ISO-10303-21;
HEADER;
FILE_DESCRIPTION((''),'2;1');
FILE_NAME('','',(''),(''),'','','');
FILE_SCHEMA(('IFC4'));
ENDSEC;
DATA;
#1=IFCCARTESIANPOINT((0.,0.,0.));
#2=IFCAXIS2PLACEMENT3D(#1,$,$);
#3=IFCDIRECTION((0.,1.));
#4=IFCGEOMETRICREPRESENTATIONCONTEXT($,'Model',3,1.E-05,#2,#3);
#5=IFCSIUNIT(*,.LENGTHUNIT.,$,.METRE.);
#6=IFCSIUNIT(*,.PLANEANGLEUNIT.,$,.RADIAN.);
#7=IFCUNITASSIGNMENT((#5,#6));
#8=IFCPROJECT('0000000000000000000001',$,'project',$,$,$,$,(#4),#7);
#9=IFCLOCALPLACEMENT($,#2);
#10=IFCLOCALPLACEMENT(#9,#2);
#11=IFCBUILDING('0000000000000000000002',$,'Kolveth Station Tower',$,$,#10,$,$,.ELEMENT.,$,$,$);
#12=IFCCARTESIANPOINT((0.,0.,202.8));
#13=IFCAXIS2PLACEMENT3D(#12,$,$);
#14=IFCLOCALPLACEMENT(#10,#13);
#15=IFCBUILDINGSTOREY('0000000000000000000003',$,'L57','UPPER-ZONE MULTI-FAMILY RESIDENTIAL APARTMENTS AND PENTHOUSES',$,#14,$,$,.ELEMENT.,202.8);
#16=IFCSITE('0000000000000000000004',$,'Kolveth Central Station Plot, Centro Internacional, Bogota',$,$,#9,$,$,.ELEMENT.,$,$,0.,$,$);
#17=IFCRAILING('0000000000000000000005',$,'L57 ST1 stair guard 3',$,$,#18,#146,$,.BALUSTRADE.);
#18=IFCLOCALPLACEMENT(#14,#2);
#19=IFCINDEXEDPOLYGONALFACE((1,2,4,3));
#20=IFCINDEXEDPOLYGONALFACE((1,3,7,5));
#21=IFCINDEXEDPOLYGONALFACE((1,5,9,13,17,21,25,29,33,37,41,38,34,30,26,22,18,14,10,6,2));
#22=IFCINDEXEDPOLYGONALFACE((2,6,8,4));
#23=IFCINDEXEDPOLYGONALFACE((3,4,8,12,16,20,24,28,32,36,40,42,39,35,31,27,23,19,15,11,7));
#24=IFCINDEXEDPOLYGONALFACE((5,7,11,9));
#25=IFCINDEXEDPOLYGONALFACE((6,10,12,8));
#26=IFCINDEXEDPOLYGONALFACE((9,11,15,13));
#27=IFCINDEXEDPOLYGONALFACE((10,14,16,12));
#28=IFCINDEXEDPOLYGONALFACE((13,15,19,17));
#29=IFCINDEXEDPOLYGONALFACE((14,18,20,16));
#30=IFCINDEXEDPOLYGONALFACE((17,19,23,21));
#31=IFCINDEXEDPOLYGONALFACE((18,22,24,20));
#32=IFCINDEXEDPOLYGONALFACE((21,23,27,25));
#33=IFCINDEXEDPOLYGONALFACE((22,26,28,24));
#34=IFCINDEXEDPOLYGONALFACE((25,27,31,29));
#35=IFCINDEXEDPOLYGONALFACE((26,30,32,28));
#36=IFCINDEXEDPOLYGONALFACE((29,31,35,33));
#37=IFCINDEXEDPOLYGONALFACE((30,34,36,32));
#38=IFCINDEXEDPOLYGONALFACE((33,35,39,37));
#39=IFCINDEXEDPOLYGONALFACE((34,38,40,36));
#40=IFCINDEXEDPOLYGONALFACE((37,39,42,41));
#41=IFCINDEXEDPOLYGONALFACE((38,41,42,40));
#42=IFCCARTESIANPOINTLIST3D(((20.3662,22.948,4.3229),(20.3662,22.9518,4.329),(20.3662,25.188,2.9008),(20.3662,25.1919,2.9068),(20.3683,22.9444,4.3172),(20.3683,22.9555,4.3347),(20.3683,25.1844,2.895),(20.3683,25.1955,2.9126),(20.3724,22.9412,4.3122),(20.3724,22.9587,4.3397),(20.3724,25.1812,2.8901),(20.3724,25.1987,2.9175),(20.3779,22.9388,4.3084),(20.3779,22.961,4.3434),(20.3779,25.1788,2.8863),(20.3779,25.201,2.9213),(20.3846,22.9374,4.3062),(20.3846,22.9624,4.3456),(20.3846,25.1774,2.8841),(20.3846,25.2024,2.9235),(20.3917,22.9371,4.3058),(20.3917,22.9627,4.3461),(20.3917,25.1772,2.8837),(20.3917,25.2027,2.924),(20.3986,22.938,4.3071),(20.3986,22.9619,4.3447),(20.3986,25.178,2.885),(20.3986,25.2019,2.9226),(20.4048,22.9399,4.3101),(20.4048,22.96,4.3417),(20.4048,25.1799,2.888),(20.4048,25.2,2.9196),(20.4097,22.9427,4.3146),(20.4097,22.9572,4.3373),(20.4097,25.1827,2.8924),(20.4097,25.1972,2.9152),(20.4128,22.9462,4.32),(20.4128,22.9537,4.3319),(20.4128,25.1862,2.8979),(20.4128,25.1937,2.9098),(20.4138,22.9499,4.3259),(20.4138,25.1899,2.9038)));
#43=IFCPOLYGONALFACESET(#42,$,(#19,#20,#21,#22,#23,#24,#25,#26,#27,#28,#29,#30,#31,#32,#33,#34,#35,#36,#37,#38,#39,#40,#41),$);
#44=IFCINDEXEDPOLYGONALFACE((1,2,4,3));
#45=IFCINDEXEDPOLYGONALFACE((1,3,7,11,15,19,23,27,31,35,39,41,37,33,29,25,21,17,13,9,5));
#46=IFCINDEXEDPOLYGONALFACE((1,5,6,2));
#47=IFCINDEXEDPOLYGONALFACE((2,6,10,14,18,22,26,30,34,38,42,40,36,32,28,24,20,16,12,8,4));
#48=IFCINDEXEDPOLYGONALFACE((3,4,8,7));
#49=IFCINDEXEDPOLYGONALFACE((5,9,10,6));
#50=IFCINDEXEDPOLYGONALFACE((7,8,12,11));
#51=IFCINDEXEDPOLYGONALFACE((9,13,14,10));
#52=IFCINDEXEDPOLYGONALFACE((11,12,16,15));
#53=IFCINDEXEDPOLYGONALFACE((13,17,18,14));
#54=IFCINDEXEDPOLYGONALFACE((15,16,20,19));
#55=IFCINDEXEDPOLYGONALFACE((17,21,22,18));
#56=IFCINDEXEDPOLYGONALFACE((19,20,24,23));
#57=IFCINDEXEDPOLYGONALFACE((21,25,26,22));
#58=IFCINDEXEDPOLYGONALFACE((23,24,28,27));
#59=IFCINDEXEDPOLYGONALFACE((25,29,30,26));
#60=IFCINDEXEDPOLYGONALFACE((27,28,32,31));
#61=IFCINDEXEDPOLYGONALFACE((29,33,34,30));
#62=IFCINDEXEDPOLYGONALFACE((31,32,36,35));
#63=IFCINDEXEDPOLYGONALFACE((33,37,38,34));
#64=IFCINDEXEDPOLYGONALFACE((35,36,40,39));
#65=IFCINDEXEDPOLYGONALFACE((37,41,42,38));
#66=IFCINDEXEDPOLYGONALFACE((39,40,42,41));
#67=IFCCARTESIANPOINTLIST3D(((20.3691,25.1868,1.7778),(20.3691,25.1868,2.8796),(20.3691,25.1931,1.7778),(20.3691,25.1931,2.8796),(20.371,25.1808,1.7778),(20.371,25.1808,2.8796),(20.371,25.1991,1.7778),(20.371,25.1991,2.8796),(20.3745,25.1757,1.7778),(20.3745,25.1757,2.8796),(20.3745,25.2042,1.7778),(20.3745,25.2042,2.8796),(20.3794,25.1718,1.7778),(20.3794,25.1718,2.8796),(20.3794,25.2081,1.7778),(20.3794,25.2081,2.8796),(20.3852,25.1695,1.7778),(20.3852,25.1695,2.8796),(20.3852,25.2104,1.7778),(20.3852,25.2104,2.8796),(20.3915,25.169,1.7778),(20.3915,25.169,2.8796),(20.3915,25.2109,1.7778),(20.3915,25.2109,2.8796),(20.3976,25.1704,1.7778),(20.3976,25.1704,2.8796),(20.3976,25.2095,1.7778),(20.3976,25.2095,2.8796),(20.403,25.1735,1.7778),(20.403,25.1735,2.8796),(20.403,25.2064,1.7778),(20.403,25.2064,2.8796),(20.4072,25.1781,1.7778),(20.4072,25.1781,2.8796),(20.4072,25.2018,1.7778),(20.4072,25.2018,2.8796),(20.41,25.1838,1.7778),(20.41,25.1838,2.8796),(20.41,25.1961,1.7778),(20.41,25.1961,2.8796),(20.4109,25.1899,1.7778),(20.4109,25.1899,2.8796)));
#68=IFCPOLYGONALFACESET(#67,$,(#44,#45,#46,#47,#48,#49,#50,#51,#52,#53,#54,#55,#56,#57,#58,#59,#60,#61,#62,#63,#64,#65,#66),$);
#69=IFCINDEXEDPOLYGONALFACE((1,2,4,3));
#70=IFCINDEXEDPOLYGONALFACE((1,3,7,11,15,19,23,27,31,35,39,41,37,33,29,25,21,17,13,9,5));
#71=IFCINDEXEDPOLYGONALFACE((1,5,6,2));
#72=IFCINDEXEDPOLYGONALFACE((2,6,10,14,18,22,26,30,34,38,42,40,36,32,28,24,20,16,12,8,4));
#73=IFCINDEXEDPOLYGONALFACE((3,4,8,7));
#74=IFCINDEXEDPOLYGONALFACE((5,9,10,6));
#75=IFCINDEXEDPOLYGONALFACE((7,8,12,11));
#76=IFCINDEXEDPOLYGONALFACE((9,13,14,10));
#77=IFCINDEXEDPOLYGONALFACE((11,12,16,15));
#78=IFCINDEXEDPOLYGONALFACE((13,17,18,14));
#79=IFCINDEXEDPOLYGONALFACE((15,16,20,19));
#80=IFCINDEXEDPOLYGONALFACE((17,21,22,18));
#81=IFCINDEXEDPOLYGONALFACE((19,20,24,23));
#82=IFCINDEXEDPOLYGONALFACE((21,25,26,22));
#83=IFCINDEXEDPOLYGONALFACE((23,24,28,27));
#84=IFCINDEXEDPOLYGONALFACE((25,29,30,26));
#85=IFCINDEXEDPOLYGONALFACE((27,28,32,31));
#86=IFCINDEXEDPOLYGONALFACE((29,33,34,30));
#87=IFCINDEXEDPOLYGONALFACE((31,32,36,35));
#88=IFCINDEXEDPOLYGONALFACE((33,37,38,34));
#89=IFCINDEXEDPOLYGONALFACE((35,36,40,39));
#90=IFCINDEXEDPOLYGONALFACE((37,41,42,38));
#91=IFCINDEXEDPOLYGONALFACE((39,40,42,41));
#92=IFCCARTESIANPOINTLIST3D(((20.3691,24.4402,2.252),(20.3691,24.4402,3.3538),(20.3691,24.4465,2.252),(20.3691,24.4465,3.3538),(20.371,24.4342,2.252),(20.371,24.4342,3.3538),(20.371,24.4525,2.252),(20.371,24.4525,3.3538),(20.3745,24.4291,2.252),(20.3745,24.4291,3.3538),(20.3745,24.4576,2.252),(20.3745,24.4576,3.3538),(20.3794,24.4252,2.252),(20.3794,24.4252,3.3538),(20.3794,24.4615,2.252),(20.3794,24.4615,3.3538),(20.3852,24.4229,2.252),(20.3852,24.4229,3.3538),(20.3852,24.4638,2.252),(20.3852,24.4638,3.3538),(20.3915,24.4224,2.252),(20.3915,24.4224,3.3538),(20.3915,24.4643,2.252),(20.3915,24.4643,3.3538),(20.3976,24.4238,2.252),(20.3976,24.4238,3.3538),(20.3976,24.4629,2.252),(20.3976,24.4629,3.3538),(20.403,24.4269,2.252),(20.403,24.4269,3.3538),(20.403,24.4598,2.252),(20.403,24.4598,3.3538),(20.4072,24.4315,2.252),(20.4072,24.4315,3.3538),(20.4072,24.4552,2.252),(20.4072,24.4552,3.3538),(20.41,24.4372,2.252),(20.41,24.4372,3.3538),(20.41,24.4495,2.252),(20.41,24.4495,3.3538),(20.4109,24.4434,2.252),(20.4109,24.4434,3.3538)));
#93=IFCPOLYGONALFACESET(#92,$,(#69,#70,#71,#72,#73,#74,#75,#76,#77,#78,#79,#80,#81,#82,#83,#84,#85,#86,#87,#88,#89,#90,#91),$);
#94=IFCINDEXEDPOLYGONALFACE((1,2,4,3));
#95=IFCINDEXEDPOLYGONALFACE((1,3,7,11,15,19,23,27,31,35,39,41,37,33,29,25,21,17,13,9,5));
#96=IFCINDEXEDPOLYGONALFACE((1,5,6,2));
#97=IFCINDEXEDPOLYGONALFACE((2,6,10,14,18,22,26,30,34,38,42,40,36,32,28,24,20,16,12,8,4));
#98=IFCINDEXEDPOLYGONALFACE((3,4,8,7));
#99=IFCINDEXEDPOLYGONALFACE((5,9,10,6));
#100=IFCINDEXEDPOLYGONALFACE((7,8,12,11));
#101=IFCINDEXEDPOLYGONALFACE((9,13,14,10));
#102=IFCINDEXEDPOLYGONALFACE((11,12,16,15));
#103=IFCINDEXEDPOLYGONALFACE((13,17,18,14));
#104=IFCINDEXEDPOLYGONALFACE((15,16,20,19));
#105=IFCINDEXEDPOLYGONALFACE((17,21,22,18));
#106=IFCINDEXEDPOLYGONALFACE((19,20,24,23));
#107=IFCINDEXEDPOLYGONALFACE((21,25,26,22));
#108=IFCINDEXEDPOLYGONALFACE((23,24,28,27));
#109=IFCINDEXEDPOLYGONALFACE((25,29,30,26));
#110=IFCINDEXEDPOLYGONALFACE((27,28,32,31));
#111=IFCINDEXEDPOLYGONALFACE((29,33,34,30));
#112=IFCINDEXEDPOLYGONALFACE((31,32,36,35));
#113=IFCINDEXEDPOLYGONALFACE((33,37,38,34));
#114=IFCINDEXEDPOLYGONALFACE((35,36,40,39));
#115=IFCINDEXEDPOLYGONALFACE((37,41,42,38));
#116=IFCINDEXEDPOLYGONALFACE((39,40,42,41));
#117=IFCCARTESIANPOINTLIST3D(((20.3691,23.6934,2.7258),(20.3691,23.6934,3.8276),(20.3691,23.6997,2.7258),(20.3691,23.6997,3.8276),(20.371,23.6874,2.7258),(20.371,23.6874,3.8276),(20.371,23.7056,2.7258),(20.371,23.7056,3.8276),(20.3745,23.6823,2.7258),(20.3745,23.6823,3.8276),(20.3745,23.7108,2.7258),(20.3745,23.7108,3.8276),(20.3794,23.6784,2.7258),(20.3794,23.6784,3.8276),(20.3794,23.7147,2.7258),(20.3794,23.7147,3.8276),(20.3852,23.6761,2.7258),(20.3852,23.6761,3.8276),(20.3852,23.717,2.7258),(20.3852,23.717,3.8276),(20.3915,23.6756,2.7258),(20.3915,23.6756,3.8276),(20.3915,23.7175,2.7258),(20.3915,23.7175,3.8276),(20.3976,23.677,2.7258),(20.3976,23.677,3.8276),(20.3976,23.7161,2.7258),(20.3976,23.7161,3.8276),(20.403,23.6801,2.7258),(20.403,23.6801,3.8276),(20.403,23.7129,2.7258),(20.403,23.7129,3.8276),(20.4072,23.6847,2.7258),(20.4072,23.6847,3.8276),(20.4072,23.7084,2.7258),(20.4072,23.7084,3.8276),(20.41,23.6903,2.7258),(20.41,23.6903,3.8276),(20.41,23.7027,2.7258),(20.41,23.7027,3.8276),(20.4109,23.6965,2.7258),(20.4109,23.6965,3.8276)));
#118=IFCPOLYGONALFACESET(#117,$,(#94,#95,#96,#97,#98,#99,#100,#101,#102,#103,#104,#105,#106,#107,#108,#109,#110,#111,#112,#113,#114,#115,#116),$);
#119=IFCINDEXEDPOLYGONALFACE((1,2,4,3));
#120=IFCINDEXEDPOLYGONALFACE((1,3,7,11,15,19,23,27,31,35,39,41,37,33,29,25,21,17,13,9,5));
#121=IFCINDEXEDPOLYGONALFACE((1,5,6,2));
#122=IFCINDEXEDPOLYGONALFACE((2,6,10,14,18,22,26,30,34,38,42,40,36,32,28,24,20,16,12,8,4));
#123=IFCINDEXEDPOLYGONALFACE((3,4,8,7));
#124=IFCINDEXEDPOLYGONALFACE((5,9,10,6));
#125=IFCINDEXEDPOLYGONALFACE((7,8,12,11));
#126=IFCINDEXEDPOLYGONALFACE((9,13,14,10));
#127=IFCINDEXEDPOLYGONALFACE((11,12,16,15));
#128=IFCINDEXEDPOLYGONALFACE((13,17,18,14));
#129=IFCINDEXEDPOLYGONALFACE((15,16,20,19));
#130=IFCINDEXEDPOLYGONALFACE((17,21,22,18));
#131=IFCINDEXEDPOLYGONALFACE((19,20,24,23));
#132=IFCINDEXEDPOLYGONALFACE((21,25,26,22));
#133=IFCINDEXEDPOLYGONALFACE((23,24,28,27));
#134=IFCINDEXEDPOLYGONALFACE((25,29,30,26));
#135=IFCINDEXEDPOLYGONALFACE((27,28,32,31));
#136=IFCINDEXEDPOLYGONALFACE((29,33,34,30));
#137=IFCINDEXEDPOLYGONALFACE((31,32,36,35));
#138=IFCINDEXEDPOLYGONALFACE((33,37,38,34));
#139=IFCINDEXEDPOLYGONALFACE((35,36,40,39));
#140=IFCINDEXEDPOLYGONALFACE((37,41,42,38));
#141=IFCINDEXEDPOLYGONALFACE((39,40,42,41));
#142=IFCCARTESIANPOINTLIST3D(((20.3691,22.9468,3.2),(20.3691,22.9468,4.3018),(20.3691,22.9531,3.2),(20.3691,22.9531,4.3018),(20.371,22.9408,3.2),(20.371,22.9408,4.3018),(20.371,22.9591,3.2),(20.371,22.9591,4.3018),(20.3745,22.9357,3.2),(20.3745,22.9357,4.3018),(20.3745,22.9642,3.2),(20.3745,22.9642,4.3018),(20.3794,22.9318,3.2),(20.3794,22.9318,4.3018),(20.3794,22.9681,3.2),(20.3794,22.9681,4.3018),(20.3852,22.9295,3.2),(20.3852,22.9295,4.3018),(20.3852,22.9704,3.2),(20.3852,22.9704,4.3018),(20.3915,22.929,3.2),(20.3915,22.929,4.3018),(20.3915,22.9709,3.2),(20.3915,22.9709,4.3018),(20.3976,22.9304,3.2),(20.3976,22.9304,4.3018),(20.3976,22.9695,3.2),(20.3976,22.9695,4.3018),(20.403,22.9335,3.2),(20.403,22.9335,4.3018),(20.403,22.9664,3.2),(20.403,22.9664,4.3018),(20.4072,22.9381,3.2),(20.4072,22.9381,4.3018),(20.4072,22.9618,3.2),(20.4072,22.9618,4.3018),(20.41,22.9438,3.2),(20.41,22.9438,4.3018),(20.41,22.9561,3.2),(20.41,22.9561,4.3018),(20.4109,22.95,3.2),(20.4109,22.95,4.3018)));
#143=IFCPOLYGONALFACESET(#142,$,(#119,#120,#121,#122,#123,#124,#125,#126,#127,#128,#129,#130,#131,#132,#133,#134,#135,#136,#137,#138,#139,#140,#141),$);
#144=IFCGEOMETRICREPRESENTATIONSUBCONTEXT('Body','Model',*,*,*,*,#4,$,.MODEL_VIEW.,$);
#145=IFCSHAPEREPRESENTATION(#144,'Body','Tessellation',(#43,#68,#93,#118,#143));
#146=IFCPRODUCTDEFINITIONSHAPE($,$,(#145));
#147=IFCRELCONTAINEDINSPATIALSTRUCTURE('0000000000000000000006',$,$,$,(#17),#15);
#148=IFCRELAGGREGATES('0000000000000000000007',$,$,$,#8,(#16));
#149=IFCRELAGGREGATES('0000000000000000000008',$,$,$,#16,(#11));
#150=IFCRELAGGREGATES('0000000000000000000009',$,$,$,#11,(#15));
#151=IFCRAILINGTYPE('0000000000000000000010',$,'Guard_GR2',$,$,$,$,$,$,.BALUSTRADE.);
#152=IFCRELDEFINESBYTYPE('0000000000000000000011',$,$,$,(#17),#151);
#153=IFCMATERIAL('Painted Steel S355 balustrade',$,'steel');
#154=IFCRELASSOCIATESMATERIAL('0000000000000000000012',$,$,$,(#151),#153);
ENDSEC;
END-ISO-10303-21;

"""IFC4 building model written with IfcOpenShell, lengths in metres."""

from ifc_helpers import new_model, si_unit, direction, frame, origin, origin_2d, place, context, subcontext, project, spatial, circle, extrude, material, type_object, element, save


model = new_model("IFC4")

# Units and contexts
model_context = context("Model", 3, precision=1e-05, world=origin(), true_north=direction((0.0, 1.0)))
body_context = subcontext(model_context, "Body", "Model", "MODEL_VIEW")
ifc_project = project(units=[si_unit("LENGTHUNIT", "METRE"), si_unit("PLANEANGLEUNIT", "RADIAN")], contexts=[model_context])

# Site, building, storey
site_placement = place(None, origin())
site = spatial("IfcSite", under=ifc_project, at=site_placement, Name="Kolveth Central Station Plot, Centro Internacional, Bogota", CompositionType="ELEMENT", RefElevation=0.0)
building_placement = place(site_placement, origin())
building = spatial("IfcBuilding", under=site, at=building_placement, Name="Kolveth Station Tower", CompositionType="ELEMENT")
storey_placement = place(building_placement, frame((0.0, 0.0, 202.8)))
storey = spatial("IfcBuildingStorey", under=building, at=storey_placement, Name="L57", Description="UPPER-ZONE MULTI-FAMILY RESIDENTIAL APARTMENTS AND PENTHOUSES", CompositionType="ELEMENT", Elevation=202.8)

# Railing
ifc_material_1 = material(Name="Painted Steel S355 balustrade", Category="steel")
railing_type_1 = type_object("IfcRailingType", Name="Guard_GR2", PredefinedType="BALUSTRADE", material=ifc_material_1)
railing_1_placement = place(storey_placement, frame((20.3899, 25.1899, 1.7778)))
element("IfcRailing", 1, at=railing_1_placement, inside=storey, type_object=railing_type_1, Name="L57 ST1 stair guard 3", PredefinedType="BALUSTRADE", context=body_context, shape_type="SweptSolid", body=[
    extrude(circle(Radius=0.0239, at=origin_2d()), frame((0.0, 0.0, 1.126), z_axis=(0.0, -0.844229, 0.535982), x_axis=(1.0, 0.0, 0.0)), (0.0, 0.0, 1.0), 2.6533),
    extrude(circle(Radius=0.021, at=origin_2d()), origin(), (0.0, 0.0, 1.0), 1.1018),
    extrude(circle(Radius=0.021, at=origin_2d()), frame((0.0, -0.7466, 0.4741)), (0.0, 0.0, 1.0), 1.1018),
    extrude(circle(Radius=0.021, at=origin_2d()), frame((0.0, -1.4934, 0.948)), (0.0, 0.0, 1.0), 1.1018),
    extrude(circle(Radius=0.021, at=origin_2d()), frame((0.0, -2.24, 1.4221)), (0.0, 0.0, 1.0), 1.1018),
])

save(model, "model.ifc")
